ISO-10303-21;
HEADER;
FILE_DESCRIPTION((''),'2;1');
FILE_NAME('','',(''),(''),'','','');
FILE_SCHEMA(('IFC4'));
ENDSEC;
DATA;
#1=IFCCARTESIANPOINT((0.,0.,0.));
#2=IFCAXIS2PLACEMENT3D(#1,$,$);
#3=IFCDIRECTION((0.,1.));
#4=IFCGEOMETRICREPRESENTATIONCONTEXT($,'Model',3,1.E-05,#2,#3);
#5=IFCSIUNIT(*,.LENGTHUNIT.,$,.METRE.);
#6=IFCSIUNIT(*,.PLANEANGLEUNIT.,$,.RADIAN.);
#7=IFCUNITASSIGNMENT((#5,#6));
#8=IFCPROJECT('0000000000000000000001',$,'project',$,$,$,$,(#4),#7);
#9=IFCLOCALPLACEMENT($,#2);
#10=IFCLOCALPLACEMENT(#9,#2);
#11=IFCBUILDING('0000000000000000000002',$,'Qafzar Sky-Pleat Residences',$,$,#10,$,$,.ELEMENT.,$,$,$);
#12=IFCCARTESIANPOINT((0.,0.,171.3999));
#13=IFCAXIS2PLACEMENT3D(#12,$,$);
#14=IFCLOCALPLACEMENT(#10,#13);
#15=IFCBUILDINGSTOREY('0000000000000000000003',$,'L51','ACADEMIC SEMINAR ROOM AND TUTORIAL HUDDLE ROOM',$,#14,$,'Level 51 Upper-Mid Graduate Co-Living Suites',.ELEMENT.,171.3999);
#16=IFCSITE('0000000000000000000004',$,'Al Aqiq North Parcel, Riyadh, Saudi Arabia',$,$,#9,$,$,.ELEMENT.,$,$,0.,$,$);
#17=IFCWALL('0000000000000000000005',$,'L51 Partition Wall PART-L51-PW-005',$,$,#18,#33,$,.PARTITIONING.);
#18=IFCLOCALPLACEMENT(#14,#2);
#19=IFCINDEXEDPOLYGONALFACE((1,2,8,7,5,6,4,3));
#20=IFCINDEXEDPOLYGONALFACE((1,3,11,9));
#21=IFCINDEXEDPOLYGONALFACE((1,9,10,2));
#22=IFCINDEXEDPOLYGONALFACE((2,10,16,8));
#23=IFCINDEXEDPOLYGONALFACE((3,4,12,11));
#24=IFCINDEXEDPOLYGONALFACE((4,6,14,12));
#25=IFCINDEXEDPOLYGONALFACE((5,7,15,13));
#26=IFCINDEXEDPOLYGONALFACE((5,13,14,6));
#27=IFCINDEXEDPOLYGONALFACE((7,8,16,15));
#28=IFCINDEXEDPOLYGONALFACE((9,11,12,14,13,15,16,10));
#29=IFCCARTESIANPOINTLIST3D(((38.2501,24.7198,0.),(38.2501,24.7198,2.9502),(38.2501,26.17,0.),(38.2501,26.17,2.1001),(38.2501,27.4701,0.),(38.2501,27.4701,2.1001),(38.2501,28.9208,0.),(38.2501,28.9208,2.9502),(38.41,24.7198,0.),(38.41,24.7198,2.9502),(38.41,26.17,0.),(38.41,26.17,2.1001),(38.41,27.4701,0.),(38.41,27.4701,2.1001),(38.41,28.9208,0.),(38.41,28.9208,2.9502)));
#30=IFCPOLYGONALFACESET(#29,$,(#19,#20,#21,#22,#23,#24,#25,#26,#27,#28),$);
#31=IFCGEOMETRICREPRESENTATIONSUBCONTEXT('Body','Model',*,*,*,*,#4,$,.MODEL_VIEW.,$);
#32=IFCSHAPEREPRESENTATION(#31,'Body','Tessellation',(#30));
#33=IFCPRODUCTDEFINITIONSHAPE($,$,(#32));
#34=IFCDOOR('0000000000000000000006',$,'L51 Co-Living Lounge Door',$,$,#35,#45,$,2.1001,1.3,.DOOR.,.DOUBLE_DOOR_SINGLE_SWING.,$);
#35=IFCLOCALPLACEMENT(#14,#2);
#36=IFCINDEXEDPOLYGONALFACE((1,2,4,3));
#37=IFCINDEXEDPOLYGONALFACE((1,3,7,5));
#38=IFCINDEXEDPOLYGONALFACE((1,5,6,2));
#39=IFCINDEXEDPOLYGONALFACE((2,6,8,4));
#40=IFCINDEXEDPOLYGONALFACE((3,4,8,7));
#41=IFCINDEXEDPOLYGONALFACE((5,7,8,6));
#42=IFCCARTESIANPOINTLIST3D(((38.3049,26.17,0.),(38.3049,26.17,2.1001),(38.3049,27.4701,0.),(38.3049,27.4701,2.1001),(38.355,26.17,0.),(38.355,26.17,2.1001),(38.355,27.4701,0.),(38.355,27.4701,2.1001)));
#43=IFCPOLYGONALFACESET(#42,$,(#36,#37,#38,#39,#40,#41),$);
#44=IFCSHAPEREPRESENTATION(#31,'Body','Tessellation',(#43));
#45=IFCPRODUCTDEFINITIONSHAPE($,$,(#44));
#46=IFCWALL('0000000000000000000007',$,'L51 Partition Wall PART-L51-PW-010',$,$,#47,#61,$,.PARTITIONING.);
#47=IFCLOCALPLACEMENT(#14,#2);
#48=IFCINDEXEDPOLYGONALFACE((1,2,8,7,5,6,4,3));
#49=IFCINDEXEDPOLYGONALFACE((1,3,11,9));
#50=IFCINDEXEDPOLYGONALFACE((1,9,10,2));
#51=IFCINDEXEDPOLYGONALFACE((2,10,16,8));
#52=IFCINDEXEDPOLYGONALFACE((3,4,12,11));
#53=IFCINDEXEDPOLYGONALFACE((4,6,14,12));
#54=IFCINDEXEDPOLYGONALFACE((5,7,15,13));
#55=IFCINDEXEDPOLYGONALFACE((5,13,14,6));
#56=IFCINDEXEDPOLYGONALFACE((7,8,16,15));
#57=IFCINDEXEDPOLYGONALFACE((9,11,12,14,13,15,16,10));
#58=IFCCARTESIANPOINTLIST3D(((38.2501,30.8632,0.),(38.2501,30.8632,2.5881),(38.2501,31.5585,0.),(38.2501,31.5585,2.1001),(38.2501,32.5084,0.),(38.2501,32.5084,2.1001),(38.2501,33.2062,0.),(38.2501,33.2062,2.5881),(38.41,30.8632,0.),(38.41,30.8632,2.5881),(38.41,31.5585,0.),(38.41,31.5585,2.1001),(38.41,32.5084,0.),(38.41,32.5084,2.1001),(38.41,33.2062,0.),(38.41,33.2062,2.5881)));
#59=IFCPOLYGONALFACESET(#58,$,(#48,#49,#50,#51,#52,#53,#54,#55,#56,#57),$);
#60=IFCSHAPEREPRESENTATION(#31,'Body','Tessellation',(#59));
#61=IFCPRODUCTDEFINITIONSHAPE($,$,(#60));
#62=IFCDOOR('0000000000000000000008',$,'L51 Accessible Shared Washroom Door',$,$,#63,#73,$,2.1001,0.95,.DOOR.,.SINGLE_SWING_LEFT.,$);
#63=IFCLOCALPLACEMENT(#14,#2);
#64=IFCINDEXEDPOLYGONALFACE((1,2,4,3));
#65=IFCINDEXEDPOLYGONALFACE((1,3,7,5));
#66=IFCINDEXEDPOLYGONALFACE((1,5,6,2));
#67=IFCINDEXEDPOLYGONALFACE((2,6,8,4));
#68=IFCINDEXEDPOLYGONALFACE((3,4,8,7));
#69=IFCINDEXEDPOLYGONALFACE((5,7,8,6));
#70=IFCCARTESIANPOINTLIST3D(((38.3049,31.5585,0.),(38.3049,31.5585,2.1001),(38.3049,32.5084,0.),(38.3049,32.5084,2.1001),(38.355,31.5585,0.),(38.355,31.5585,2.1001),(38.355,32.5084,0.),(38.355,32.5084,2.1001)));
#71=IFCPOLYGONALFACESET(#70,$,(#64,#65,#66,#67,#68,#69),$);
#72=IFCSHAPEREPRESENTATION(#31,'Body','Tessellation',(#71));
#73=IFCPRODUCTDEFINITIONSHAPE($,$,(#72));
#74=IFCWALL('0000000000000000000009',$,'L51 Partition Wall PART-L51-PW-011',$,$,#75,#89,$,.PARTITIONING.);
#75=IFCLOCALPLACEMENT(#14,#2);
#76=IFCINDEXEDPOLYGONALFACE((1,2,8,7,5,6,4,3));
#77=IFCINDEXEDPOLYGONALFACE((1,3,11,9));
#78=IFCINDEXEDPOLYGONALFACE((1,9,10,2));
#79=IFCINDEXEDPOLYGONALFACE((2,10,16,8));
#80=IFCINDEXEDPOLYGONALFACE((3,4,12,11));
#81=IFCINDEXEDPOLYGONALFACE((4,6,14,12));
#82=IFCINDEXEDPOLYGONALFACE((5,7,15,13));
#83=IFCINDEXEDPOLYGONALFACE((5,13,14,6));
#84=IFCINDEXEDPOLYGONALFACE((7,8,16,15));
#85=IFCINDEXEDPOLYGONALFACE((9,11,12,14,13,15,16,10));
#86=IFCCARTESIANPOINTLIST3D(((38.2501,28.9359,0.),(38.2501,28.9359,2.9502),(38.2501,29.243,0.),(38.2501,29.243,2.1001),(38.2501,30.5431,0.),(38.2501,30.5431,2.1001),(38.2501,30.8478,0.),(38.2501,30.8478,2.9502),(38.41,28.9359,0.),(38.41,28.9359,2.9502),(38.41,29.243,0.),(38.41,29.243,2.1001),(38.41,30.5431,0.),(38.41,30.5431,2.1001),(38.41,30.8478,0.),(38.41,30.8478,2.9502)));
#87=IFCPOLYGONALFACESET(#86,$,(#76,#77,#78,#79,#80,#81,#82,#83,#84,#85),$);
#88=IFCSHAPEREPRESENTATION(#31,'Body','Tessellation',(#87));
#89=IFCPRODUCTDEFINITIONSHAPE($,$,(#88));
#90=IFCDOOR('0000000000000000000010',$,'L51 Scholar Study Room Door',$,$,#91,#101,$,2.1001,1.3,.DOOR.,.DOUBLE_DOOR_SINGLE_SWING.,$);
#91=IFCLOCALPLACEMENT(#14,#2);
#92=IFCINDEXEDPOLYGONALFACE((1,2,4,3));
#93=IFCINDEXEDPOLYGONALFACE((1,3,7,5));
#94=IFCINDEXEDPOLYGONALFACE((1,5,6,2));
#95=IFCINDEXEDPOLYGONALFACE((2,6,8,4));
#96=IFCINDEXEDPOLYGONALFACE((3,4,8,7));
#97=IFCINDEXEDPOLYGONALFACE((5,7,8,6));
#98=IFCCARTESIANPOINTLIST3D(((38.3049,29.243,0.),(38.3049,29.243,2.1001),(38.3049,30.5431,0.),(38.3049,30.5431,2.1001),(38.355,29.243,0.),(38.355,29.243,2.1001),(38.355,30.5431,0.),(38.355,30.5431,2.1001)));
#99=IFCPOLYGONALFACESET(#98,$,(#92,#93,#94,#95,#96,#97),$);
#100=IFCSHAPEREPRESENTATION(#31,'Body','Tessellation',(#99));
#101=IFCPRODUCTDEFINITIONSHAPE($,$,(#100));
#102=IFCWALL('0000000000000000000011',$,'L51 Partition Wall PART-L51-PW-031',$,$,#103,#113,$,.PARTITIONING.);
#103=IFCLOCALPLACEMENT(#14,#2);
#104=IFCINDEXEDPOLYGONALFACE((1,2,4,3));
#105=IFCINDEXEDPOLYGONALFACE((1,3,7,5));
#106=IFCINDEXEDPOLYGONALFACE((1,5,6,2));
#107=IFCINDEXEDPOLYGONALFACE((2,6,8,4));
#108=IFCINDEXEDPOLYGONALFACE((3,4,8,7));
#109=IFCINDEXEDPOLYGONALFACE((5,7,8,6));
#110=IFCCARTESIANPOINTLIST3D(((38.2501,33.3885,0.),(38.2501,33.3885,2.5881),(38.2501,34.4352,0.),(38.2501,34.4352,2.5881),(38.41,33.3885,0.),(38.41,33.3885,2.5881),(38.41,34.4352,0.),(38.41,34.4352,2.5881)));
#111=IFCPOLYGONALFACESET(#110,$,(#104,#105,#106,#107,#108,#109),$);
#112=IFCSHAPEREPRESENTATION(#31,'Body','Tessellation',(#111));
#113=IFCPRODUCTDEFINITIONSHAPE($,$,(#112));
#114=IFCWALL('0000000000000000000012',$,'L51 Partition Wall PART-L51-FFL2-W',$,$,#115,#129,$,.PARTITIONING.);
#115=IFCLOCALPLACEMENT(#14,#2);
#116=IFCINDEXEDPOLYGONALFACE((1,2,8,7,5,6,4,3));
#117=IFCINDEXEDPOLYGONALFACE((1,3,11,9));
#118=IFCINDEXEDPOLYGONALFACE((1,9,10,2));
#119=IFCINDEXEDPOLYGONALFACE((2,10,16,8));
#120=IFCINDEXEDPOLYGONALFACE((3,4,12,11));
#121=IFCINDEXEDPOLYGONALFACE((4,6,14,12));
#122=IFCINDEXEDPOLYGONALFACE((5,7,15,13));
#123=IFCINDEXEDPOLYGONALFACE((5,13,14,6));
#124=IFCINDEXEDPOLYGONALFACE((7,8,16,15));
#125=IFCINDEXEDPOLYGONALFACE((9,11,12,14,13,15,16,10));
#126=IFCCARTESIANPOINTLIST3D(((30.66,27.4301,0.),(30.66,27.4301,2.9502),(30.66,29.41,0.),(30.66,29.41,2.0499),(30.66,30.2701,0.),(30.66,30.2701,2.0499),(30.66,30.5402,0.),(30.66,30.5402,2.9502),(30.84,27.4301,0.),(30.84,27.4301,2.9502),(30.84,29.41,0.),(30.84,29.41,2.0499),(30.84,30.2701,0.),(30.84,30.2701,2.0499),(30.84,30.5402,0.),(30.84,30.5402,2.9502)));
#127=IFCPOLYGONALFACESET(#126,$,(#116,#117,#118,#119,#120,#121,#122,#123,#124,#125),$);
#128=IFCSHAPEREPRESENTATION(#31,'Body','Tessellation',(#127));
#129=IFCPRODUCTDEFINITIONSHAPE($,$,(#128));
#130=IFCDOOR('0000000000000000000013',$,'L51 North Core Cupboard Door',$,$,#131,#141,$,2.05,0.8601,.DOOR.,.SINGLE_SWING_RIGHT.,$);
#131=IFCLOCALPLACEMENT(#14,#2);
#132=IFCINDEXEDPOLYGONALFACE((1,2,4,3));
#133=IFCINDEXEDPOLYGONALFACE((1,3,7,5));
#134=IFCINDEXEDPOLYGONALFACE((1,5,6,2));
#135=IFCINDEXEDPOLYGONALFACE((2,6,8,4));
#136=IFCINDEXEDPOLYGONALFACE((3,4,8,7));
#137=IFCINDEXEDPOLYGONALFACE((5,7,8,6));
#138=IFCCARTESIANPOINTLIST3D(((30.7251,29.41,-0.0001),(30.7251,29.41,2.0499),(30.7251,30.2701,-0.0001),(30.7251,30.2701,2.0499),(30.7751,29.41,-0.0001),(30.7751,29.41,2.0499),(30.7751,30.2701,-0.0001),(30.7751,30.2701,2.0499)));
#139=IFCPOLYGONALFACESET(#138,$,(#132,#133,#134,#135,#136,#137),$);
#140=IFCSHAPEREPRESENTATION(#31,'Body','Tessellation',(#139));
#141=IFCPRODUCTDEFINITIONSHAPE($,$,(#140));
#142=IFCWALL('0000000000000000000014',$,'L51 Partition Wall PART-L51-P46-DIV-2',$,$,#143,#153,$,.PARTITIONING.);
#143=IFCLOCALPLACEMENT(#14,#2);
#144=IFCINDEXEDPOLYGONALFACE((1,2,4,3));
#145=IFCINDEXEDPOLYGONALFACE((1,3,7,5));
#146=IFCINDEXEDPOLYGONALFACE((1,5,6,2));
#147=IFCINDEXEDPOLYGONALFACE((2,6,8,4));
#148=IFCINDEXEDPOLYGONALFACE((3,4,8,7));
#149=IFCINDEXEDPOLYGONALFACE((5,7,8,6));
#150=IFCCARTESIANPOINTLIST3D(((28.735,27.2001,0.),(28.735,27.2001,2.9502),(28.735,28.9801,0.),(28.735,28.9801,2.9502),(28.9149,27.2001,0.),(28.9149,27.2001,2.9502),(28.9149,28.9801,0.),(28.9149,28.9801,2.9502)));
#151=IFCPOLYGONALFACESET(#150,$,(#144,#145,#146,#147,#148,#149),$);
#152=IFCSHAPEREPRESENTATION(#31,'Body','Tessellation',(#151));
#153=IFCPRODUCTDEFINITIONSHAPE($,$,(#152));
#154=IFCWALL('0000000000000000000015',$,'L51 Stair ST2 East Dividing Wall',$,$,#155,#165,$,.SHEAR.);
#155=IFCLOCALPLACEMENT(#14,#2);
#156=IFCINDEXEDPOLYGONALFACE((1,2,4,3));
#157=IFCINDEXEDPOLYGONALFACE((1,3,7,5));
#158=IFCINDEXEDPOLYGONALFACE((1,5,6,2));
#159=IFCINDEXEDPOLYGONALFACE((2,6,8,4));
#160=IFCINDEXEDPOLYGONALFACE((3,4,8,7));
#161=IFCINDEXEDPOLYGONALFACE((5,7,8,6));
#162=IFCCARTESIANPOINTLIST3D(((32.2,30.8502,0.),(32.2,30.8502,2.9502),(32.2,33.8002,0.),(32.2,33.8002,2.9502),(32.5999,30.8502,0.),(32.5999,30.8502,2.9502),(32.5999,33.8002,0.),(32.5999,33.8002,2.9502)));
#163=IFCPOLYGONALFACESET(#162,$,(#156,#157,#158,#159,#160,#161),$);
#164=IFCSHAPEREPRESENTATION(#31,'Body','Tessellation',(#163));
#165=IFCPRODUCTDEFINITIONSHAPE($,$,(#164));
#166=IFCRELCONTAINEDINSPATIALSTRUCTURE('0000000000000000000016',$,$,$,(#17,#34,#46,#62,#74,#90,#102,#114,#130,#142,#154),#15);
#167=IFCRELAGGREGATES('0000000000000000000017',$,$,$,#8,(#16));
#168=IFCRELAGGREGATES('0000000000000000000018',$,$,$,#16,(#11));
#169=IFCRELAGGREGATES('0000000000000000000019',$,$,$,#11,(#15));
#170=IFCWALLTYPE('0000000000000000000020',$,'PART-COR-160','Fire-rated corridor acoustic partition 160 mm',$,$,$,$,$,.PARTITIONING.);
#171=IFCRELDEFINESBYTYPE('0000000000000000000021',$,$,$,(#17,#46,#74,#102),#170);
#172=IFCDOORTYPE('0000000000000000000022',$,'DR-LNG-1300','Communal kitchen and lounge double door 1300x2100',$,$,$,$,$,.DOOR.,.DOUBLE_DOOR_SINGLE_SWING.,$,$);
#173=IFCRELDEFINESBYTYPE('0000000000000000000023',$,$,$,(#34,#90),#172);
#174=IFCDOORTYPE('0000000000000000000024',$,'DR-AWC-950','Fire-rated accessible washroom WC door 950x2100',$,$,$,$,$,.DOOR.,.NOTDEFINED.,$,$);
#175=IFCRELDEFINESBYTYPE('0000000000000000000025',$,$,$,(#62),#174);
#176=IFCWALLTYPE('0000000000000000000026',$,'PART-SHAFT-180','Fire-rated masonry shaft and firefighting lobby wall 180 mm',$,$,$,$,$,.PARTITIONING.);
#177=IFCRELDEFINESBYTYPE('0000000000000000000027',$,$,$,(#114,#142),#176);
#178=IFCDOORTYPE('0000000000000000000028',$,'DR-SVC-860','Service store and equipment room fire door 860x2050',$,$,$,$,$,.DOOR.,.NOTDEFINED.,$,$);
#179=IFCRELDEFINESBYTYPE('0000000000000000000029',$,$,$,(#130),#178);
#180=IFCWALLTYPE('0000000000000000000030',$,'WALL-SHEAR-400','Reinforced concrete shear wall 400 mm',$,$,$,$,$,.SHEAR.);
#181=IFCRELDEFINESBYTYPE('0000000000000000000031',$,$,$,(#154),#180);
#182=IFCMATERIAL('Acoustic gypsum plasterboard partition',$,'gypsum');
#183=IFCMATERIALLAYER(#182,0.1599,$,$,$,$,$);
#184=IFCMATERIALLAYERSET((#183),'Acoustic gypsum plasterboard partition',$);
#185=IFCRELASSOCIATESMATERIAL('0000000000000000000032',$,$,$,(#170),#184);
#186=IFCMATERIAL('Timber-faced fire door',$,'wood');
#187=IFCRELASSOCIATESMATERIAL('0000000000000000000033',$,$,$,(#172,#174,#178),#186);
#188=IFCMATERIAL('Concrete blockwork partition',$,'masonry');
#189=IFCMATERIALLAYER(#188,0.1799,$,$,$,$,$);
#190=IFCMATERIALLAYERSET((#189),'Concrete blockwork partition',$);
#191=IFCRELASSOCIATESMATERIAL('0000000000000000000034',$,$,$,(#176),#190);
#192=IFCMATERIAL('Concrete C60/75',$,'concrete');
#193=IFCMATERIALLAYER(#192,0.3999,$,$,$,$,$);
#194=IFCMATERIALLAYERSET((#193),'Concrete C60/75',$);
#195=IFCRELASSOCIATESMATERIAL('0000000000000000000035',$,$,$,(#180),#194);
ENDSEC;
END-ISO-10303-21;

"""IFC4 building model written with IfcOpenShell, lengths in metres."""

from ifc_helpers import new_model, si_unit, direction, frame, frame_2d, origin, place, context, subcontext, project, spatial, rectangle, extrude, source, transform, mapped, material, layer, layer_set, type_object, element, fill, save


model = new_model("IFC4")

# Units and contexts
model_context = context("Model", 3, precision=1e-05, world=origin(), true_north=direction((0.0, 1.0)))
body_context = subcontext(model_context, "Body", "Model", "MODEL_VIEW")
ifc_project = project(units=[si_unit("LENGTHUNIT", "METRE"), si_unit("PLANEANGLEUNIT", "RADIAN")], contexts=[model_context])

# Site, building, storey
site_placement = place(None, origin())
site = spatial("IfcSite", under=ifc_project, at=site_placement, Name="Al Aqiq North Parcel, Riyadh, Saudi Arabia", CompositionType="ELEMENT", RefElevation=0.0)
building_placement = place(site_placement, origin())
building = spatial("IfcBuilding", under=site, at=building_placement, Name="Qafzar Sky-Pleat Residences", CompositionType="ELEMENT")
storey_placement = place(building_placement, frame((0.0, 0.0, 171.3999)))
storey = spatial("IfcBuildingStorey", under=building, at=storey_placement, Name="L51", Description="ACADEMIC SEMINAR ROOM AND TUTORIAL HUDDLE ROOM", LongName="Level 51 Upper-Mid Graduate Co-Living Suites", CompositionType="ELEMENT", Elevation=171.3999)

# Walls, openings, doors
ifc_material_1 = material(Name="Acoustic gypsum plasterboard partition", Category="gypsum")
ifc_layer_1 = layer(ifc_material_1, 0.1599)
ifc_layer_set_1 = layer_set([ifc_layer_1], Name="Acoustic gypsum plasterboard partition")
wall_type_1 = type_object("IfcWallType", Name="PART-COR-160", Description="Fire-rated corridor acoustic partition 160 mm", PredefinedType="PARTITIONING", material=ifc_layer_set_1)
wall_1_placement = place(storey_placement, frame((38.3301, 28.9209, 0.0), z_axis=(0.0, 0.0, 1.0), x_axis=(0.0, -1.0, 0.0)))
wall_1 = element("IfcWall", 1, at=wall_1_placement, inside=storey, type_object=wall_type_1, Name="L51 Partition Wall PART-L51-PW-005", PredefinedType="PARTITIONING", context=body_context, shape_type="SweptSolid", body=[
    extrude(rectangle(XDim=4.2009, YDim=0.1599, at=frame_2d((2.1006, 0.0))), origin(), (0.0, 0.0, 1.0), 2.9502),
])
opening_1_placement = place(wall_1_placement, frame((1.4509, 0.0, 0.0)))
opening_1 = element("IfcOpeningElement", 2, at=opening_1_placement, cuts=wall_1, PredefinedType="OPENING", context=body_context, shape_type="SweptSolid", body=[
    extrude(rectangle(XDim=1.3, YDim=2.1001, at=frame_2d((0.6499, 1.05))), frame((0.0, 0.0898, 0.0), z_axis=(0.0, -1.0, 0.0), x_axis=(1.0, 0.0, 0.0)), (0.0, 0.0, 1.0), 0.1799),
])
ifc_material_2 = material(Name="Timber-faced fire door", Category="wood")
door_type_1 = type_object("IfcDoorType", Name="DR-LNG-1300", Description="Communal kitchen and lounge double door 1300x2100", OperationType="DOUBLE_DOOR_SINGLE_SWING", PredefinedType="DOOR", material=ifc_material_2)
shared_shape_1 = source(origin(), body_context, "Body", "SweptSolid", [
    extrude(rectangle(XDim=1.3, YDim=2.1001, at=frame_2d((0.6499, 1.05))), frame((0.0, 0.0249, 0.0), z_axis=(0.0, -1.0, 0.0), x_axis=(1.0, 0.0, 0.0)), (0.0, 0.0, 1.0), 0.05),
])
door_1_placement = place(opening_1_placement, origin())
door_1 = element("IfcDoor", 3, at=door_1_placement, inside=storey, type_object=door_type_1, Name="L51 Co-Living Lounge Door", OperationType="DOUBLE_DOOR_SINGLE_SWING", OverallHeight=2.1001, OverallWidth=1.3, PredefinedType="DOOR", context=body_context, shape_type="MappedRepresentation", body=[
    mapped(shared_shape_1, transform((0.0, 0.0, 0.0), x_axis=(1.0, 0.0, 0.0), y_axis=(0.0, 1.0, 0.0), z_axis=(0.0, 0.0, 1.0), scale=1.0)),
])
fill(opening_1, door_1)
wall_2_placement = place(storey_placement, frame((38.3301, 33.2061, 0.0), z_axis=(0.0, 0.0, 1.0), x_axis=(0.0, -1.0, 0.0)))
wall_2 = element("IfcWall", 4, at=wall_2_placement, inside=storey, type_object=wall_type_1, Name="L51 Partition Wall PART-L51-PW-010", PredefinedType="PARTITIONING", context=body_context, shape_type="SweptSolid", body=[
    extrude(rectangle(XDim=2.343, YDim=0.1599, at=frame_2d((1.1714, 0.0))), origin(), (0.0, 0.0, 1.0), 2.5881),
])
opening_2_placement = place(wall_2_placement, frame((0.6975, 0.0, 0.0)))
opening_2 = element("IfcOpeningElement", 5, at=opening_2_placement, cuts=wall_2, PredefinedType="OPENING", context=body_context, shape_type="SweptSolid", body=[
    extrude(rectangle(XDim=0.95, YDim=2.1001, at=frame_2d((0.4751, 1.05))), frame((0.0, 0.0898, 0.0), z_axis=(0.0, -1.0, 0.0), x_axis=(1.0, 0.0, 0.0)), (0.0, 0.0, 1.0), 0.1799),
])
door_type_2 = type_object("IfcDoorType", Name="DR-AWC-950", Description="Fire-rated accessible washroom WC door 950x2100", OperationType="NOTDEFINED", PredefinedType="DOOR", material=ifc_material_2)
shared_shape_2 = source(origin(), body_context, "Body", "SweptSolid", [
    extrude(rectangle(XDim=0.95, YDim=2.1001, at=frame_2d((0.4751, 1.05))), frame((0.0, 0.0249, 0.0), z_axis=(0.0, -1.0, 0.0), x_axis=(1.0, 0.0, 0.0)), (0.0, 0.0, 1.0), 0.05),
])
door_2_placement = place(opening_2_placement, origin())
door_2 = element("IfcDoor", 6, at=door_2_placement, inside=storey, type_object=door_type_2, Name="L51 Accessible Shared Washroom Door", OperationType="SINGLE_SWING_LEFT", OverallHeight=2.1001, OverallWidth=0.95, PredefinedType="DOOR", context=body_context, shape_type="MappedRepresentation", body=[
    mapped(shared_shape_2, transform((0.0, 0.0, 0.0), x_axis=(1.0, 0.0, 0.0), y_axis=(0.0, 1.0, 0.0), z_axis=(0.0, 0.0, 1.0), scale=1.0)),
])
fill(opening_2, door_2)
wall_3_placement = place(storey_placement, frame((38.3301, 30.8479, 0.0), z_axis=(0.0, 0.0, 1.0), x_axis=(0.0, -1.0, 0.0)))
wall_3 = element("IfcWall", 7, at=wall_3_placement, inside=storey, type_object=wall_type_1, Name="L51 Partition Wall PART-L51-PW-011", PredefinedType="PARTITIONING", context=body_context, shape_type="SweptSolid", body=[
    extrude(rectangle(XDim=1.9119, YDim=0.1599, at=frame_2d((0.9561, 0.0))), origin(), (0.0, 0.0, 1.0), 2.9502),
])
opening_3_placement = place(wall_3_placement, frame((0.3049, 0.0, 0.0)))
opening_3 = element("IfcOpeningElement", 8, at=opening_3_placement, cuts=wall_3, PredefinedType="OPENING", context=body_context, shape_type="SweptSolid", body=[
    extrude(rectangle(XDim=1.3, YDim=2.1001, at=frame_2d((0.6499, 1.05))), frame((0.0, 0.0898, 0.0), z_axis=(0.0, -1.0, 0.0), x_axis=(1.0, 0.0, 0.0)), (0.0, 0.0, 1.0), 0.1799),
])
door_3_placement = place(opening_3_placement, origin())
door_3 = element("IfcDoor", 9, at=door_3_placement, inside=storey, type_object=door_type_1, Name="L51 Scholar Study Room Door", OperationType="DOUBLE_DOOR_SINGLE_SWING", OverallHeight=2.1001, OverallWidth=1.3, PredefinedType="DOOR", context=body_context, shape_type="MappedRepresentation", body=[
    mapped(shared_shape_1, transform((0.0, 0.0, 0.0), x_axis=(1.0, 0.0, 0.0), y_axis=(0.0, 1.0, 0.0), z_axis=(0.0, 0.0, 1.0), scale=1.0)),
])
fill(opening_3, door_3)

# Wall
wall_4_placement = place(storey_placement, frame((38.3301, 33.3884, 0.0), z_axis=(0.0, 0.0, 1.0), x_axis=(0.0, 1.0, 0.0)))
element("IfcWall", 10, at=wall_4_placement, inside=storey, type_object=wall_type_1, Name="L51 Partition Wall PART-L51-PW-031", PredefinedType="PARTITIONING", context=body_context, shape_type="SweptSolid", body=[
    extrude(rectangle(XDim=1.0466, YDim=0.1599, at=frame_2d((0.5234, 0.0))), origin(), (0.0, 0.0, 1.0), 2.5881),
])

# Wall, opening, door
ifc_material_3 = material(Name="Concrete blockwork partition", Category="masonry")
ifc_layer_2 = layer(ifc_material_3, 0.1799)
ifc_layer_set_2 = layer_set([ifc_layer_2], Name="Concrete blockwork partition")
wall_type_2 = type_object("IfcWallType", Name="PART-SHAFT-180", Description="Fire-rated masonry shaft and firefighting lobby wall 180 mm", PredefinedType="PARTITIONING", material=ifc_layer_set_2)
wall_5_placement = place(storey_placement, frame((30.75, 27.4299, 0.0), z_axis=(0.0, 0.0, 1.0), x_axis=(0.0, 1.0, 0.0)))
wall_5 = element("IfcWall", 11, at=wall_5_placement, inside=storey, type_object=wall_type_2, Name="L51 Partition Wall PART-L51-FFL2-W", PredefinedType="PARTITIONING", context=body_context, shape_type="SweptSolid", body=[
    extrude(rectangle(XDim=3.1101, YDim=0.1799, at=frame_2d((1.5552, 0.0))), origin(), (0.0, 0.0, 1.0), 2.9502),
])
opening_4_placement = place(wall_5_placement, frame((1.98, 0.0, 0.0)))
opening_4 = element("IfcOpeningElement", 12, at=opening_4_placement, cuts=wall_5, PredefinedType="OPENING", context=body_context, shape_type="SweptSolid", body=[
    extrude(rectangle(XDim=0.8601, YDim=2.05, at=frame_2d((0.4302, 1.0249))), frame((0.0, 0.1001, 0.0), z_axis=(0.0, -1.0, 0.0), x_axis=(1.0, 0.0, 0.0)), (0.0, 0.0, 1.0), 0.2),
])
door_type_3 = type_object("IfcDoorType", Name="DR-SVC-860", Description="Service store and equipment room fire door 860x2050", OperationType="NOTDEFINED", PredefinedType="DOOR", material=ifc_material_2)
shared_shape_3 = source(origin(), body_context, "Body", "SweptSolid", [
    extrude(rectangle(XDim=0.8601, YDim=2.05, at=frame_2d((0.4302, 1.0249))), frame((0.0, 0.0249, 0.0), z_axis=(0.0, -1.0, 0.0), x_axis=(1.0, 0.0, 0.0)), (0.0, 0.0, 1.0), 0.05),
])
door_4_placement = place(opening_4_placement, origin())
door_4 = element("IfcDoor", 13, at=door_4_placement, inside=storey, type_object=door_type_3, Name="L51 North Core Cupboard Door", OperationType="SINGLE_SWING_RIGHT", OverallHeight=2.05, OverallWidth=0.8601, PredefinedType="DOOR", context=body_context, shape_type="MappedRepresentation", body=[
    mapped(shared_shape_3, transform((0.0, 0.0, 0.0), x_axis=(1.0, 0.0, 0.0), y_axis=(0.0, 1.0, 0.0), z_axis=(0.0, 0.0, 1.0), scale=1.0)),
])
fill(opening_4, door_4)

# Walls
wall_6_placement = place(storey_placement, frame((28.825, 27.2, 0.0), z_axis=(0.0, 0.0, 1.0), x_axis=(0.0, 1.0, 0.0)))
element("IfcWall", 14, at=wall_6_placement, inside=storey, type_object=wall_type_2, Name="L51 Partition Wall PART-L51-P46-DIV-2", PredefinedType="PARTITIONING", context=body_context, shape_type="SweptSolid", body=[
    extrude(rectangle(XDim=1.78, YDim=0.1799, at=frame_2d((0.8901, 0.0))), origin(), (0.0, 0.0, 1.0), 2.9502),
])
ifc_material_4 = material(Name="Concrete C60/75", Category="concrete")
ifc_layer_3 = layer(ifc_material_4, 0.3999)
ifc_layer_set_3 = layer_set([ifc_layer_3], Name="Concrete C60/75")
wall_type_3 = type_object("IfcWallType", Name="WALL-SHEAR-400", Description="Reinforced concrete shear wall 400 mm", PredefinedType="SHEAR", material=ifc_layer_set_3)
wall_7_placement = place(storey_placement, frame((32.3999, 30.8501, 0.0), z_axis=(0.0, 0.0, 1.0), x_axis=(0.0, 1.0, 0.0)))
element("IfcWall", 15, at=wall_7_placement, inside=storey, type_object=wall_type_3, Name="L51 Stair ST2 East Dividing Wall", PredefinedType="SHEAR", context=body_context, shape_type="SweptSolid", body=[
    extrude(rectangle(XDim=2.95, YDim=0.3999, at=frame_2d((1.4751, 0.0))), origin(), (0.0, 0.0, 1.0), 2.9502),
])

save(model, "model.ifc")
